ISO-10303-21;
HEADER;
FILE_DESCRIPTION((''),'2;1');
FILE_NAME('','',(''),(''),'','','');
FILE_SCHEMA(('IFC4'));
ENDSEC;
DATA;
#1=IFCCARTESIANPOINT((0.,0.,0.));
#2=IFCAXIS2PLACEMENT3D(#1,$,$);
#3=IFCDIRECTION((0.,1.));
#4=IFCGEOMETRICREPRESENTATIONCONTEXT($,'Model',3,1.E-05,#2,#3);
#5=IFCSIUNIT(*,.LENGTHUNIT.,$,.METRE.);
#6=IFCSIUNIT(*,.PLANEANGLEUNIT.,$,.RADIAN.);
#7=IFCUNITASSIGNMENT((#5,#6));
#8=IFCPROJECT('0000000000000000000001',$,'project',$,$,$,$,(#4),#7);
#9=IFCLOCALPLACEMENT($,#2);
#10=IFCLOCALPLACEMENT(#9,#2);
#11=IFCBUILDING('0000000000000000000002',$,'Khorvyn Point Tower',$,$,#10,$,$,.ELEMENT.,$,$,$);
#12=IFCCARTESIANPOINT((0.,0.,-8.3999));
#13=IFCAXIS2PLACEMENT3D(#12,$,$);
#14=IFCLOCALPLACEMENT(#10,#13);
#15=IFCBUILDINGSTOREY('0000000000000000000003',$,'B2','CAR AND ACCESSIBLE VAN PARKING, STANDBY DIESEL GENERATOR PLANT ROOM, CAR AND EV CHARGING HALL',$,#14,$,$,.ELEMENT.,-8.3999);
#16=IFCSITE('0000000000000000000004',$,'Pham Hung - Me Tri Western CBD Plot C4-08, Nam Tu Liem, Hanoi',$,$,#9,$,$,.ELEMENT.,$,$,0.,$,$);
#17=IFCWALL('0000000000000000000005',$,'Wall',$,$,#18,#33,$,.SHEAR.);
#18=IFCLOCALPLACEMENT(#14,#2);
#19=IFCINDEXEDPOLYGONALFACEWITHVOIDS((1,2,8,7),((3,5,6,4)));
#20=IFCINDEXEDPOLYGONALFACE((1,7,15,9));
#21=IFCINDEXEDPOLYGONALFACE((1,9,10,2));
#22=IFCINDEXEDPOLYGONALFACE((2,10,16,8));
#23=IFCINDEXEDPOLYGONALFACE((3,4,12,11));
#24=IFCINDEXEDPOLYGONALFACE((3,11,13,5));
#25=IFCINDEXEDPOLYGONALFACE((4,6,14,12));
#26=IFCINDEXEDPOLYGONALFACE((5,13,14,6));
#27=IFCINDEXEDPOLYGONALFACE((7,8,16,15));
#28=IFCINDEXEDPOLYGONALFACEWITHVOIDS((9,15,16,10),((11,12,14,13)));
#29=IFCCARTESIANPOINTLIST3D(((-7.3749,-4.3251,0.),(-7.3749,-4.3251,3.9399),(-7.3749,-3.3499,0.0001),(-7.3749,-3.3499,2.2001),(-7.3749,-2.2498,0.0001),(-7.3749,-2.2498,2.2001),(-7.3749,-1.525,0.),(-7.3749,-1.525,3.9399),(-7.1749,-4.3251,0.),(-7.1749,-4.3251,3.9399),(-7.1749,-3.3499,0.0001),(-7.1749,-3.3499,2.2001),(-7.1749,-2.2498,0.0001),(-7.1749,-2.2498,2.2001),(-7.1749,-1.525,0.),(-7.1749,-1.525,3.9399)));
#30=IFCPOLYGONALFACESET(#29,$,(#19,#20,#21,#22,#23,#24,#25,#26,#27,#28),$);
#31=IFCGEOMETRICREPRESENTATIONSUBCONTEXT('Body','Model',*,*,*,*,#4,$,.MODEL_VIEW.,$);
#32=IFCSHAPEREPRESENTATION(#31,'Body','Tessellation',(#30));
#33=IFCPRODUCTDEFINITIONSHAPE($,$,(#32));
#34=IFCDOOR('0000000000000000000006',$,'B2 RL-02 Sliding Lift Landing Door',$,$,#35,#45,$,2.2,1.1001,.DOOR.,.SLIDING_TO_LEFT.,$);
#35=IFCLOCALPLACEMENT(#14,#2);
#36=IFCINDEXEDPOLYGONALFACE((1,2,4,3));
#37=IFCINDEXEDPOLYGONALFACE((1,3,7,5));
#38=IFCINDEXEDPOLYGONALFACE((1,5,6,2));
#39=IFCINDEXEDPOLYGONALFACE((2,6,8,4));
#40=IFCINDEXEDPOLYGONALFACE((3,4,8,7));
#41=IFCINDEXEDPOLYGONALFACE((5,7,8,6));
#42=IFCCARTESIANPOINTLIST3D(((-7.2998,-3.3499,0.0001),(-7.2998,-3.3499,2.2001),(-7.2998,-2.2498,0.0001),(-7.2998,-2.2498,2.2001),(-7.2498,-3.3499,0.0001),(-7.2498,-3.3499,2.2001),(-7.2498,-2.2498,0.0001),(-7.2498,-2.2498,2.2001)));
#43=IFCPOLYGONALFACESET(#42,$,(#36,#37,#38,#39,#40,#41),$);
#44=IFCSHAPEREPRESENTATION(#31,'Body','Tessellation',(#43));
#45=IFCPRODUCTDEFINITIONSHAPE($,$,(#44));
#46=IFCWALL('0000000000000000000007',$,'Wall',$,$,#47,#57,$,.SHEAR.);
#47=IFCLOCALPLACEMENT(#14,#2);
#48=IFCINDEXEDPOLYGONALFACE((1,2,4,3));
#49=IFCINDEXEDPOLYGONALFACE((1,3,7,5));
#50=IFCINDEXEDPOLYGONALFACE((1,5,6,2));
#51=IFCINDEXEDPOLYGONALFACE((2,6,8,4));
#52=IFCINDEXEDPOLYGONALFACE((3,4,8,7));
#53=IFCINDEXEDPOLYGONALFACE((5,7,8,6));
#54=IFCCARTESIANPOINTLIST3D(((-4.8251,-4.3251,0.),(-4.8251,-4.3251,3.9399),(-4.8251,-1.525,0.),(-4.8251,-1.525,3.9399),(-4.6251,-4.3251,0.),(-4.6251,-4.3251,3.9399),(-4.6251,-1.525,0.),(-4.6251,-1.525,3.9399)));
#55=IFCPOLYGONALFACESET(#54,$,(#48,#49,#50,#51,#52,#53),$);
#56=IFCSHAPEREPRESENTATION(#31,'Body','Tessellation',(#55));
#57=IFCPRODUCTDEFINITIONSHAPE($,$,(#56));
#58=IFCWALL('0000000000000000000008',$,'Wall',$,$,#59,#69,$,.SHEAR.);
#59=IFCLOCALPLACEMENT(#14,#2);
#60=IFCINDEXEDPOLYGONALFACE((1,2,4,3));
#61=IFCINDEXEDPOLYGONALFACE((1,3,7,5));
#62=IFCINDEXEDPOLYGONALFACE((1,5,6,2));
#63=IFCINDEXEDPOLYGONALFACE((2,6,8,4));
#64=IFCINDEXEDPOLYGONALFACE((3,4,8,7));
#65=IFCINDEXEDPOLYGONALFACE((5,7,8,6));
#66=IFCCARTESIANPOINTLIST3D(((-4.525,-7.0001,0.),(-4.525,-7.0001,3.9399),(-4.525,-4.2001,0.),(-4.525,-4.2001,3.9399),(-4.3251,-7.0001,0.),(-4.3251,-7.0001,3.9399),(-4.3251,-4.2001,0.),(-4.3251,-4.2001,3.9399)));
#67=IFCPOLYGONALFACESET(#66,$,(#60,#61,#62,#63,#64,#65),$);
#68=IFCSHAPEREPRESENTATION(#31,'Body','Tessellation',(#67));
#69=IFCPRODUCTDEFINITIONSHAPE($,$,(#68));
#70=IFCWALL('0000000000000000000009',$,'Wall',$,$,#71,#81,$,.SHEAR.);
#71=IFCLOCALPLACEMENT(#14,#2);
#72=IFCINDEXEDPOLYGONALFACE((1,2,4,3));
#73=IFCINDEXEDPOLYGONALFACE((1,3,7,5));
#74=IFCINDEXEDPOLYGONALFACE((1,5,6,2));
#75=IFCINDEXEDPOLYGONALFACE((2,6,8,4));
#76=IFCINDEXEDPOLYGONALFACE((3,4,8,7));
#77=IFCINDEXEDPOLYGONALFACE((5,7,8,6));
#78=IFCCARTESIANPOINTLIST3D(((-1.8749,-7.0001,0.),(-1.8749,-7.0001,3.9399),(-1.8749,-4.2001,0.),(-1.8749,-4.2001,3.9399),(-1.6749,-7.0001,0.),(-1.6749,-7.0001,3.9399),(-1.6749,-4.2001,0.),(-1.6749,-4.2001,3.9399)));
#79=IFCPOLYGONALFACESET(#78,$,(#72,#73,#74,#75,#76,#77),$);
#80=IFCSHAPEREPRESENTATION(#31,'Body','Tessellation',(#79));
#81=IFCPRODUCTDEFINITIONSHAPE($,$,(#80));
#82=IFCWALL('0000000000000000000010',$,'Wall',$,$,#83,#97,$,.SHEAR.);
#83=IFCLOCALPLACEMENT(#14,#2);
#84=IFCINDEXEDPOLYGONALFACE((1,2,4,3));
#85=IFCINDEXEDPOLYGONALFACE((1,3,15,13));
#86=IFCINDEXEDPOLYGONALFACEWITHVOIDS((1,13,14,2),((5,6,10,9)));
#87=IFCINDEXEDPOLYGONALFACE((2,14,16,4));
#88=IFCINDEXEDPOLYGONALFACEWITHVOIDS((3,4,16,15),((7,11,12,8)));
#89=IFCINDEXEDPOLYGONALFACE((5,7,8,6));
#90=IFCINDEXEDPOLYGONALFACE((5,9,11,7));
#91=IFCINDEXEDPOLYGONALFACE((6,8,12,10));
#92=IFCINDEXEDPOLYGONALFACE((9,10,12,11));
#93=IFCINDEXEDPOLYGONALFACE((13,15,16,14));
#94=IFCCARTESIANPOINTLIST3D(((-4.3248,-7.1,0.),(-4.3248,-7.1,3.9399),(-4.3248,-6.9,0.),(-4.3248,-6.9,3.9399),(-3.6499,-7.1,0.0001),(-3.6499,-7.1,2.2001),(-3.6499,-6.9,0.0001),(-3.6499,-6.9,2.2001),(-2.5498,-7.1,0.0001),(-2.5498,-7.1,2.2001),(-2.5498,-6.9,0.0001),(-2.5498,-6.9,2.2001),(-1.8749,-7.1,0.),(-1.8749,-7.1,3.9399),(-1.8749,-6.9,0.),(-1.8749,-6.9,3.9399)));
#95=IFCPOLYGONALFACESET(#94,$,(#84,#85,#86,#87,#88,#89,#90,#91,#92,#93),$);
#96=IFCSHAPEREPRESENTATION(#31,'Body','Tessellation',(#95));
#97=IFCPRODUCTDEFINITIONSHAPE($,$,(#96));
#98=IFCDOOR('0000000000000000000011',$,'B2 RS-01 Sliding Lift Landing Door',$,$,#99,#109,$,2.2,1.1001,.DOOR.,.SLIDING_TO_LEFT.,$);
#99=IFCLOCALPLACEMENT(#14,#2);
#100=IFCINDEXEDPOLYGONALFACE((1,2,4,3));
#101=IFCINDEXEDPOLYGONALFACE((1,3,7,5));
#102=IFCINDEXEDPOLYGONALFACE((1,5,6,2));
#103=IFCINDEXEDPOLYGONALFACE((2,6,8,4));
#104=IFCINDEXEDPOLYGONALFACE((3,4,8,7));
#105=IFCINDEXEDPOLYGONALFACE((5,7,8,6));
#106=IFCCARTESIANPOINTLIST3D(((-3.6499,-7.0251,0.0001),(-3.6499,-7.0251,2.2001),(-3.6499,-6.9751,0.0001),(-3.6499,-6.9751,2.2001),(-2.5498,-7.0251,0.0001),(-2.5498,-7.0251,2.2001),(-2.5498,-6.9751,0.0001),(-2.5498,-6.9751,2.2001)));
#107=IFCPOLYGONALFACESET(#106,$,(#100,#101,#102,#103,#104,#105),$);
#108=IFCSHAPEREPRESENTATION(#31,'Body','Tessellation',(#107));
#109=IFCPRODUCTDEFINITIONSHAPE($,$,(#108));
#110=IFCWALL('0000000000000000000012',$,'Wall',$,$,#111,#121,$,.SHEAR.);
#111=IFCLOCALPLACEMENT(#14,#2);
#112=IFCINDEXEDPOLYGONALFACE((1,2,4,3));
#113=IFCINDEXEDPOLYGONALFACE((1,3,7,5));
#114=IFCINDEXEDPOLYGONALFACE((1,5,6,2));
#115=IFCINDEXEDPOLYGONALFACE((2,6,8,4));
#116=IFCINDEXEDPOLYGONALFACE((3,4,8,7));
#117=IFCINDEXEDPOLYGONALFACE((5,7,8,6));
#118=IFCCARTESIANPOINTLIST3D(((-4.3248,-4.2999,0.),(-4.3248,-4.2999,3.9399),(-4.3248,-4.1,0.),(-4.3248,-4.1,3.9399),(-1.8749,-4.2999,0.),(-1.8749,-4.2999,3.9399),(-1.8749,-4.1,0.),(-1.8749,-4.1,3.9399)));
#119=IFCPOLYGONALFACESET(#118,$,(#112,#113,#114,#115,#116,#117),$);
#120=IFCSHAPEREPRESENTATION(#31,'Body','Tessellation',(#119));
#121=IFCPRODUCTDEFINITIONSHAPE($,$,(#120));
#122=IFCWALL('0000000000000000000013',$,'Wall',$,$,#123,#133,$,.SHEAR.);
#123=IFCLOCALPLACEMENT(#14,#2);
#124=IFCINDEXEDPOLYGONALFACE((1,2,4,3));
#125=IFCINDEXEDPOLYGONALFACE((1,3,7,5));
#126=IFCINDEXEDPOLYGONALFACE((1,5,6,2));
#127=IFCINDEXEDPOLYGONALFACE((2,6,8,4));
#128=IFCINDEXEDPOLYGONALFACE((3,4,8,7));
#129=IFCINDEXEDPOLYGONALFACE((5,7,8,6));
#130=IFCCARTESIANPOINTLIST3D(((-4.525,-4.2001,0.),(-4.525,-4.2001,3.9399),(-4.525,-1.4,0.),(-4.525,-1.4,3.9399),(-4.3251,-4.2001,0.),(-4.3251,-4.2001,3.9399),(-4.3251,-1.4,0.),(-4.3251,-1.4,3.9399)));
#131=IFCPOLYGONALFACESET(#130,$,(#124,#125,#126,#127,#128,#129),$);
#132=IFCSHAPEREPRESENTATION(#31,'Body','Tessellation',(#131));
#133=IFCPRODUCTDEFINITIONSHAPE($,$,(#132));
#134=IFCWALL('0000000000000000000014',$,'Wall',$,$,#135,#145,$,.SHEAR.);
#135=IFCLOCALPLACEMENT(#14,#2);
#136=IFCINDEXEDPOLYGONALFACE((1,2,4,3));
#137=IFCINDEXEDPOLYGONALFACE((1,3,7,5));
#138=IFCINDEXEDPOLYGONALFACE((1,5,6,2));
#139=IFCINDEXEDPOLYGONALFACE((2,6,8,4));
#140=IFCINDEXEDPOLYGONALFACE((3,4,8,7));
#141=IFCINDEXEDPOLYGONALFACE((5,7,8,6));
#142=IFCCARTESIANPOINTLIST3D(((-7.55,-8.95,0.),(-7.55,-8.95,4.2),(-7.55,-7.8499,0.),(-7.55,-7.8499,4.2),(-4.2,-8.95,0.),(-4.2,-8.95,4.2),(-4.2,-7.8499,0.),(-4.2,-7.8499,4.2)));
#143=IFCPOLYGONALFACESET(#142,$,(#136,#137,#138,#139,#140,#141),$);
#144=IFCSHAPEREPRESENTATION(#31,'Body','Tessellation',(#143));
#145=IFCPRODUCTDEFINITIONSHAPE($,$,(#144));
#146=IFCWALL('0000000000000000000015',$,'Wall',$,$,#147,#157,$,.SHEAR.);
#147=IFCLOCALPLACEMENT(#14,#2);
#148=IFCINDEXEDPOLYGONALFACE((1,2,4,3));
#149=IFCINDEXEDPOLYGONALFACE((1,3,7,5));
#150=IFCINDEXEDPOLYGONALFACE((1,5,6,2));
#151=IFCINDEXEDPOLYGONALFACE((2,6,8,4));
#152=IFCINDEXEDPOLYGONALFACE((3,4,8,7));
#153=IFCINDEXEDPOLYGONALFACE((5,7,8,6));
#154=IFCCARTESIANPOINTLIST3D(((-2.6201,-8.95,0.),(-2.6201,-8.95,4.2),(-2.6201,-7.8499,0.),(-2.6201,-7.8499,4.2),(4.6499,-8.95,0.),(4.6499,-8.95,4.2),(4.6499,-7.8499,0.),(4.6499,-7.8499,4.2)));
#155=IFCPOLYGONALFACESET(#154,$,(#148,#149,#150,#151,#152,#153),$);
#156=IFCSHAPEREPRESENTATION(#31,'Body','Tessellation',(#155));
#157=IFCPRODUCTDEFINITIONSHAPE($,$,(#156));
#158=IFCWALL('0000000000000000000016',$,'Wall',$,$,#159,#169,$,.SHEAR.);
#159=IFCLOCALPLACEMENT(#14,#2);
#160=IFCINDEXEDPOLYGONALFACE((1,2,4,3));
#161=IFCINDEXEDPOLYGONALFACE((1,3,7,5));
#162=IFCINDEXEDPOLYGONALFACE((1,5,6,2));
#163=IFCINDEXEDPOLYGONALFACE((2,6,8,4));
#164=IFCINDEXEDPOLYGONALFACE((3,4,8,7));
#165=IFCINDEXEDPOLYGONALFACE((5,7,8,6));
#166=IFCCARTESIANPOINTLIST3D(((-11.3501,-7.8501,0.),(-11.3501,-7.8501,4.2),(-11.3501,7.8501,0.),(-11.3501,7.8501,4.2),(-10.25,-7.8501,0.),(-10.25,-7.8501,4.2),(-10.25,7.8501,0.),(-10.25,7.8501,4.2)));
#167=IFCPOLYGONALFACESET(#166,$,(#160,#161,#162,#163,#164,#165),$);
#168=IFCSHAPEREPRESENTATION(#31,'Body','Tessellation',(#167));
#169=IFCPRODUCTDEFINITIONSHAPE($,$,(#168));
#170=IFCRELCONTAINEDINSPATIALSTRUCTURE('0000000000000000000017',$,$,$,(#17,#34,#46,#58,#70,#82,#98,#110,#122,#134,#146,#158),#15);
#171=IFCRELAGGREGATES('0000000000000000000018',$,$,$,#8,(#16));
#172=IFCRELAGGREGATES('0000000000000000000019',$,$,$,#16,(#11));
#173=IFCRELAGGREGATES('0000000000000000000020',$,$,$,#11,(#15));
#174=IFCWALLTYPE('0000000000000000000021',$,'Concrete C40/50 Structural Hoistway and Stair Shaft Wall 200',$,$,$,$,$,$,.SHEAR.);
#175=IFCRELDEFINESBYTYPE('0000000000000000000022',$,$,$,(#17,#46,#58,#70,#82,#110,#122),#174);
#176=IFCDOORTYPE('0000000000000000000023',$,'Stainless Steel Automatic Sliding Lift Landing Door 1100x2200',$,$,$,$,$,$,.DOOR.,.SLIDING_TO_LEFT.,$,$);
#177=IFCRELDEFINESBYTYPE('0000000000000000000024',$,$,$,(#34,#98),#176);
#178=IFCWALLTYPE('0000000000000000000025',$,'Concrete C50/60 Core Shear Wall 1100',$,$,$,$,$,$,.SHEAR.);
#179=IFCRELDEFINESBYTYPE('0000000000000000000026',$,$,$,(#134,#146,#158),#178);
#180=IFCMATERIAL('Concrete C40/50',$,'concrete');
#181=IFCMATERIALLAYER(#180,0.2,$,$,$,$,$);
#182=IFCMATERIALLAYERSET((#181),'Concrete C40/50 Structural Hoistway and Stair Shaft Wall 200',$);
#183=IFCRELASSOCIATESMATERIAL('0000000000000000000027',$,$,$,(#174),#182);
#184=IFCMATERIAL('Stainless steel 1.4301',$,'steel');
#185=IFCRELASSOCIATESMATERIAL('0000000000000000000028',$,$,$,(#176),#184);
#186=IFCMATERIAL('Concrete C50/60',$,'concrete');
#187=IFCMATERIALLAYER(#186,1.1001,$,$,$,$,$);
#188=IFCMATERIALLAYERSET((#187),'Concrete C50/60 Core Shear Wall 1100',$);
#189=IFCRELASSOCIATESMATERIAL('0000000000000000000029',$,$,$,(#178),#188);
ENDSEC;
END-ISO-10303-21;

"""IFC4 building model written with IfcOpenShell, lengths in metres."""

from ifc_helpers import new_model, si_unit, direction, frame, frame_2d, origin, place, context, subcontext, project, spatial, rectangle, extrude, material, layer, layer_set, type_object, element, fill, save


model = new_model("IFC4")

# Units and contexts
model_context = context("Model", 3, precision=1e-05, world=origin(), true_north=direction((0.0, 1.0)))
body_context = subcontext(model_context, "Body", "Model", "MODEL_VIEW")
ifc_project = project(units=[si_unit("LENGTHUNIT", "METRE"), si_unit("PLANEANGLEUNIT", "RADIAN")], contexts=[model_context])

# Site, building, storey
site_placement = place(None, origin())
site = spatial("IfcSite", under=ifc_project, at=site_placement, Name="Pham Hung - Me Tri Western CBD Plot C4-08, Nam Tu Liem, Hanoi", CompositionType="ELEMENT", RefElevation=0.0)
building_placement = place(site_placement, origin())
building = spatial("IfcBuilding", under=site, at=building_placement, Name="Khorvyn Point Tower", CompositionType="ELEMENT")
storey_placement = place(building_placement, frame((0.0, 0.0, -8.3999)))
storey = spatial("IfcBuildingStorey", under=building, at=storey_placement, Name="B2", Description="CAR AND ACCESSIBLE VAN PARKING, STANDBY DIESEL GENERATOR PLANT ROOM, CAR AND EV CHARGING HALL", CompositionType="ELEMENT", Elevation=-8.3999)

# Shared definitions
ifc_material_1 = material(Name="Concrete C40/50", Category="concrete")
ifc_material_2 = material(Name="Concrete C50/60", Category="concrete")

# Shared definitions
ifc_layer_1 = layer(ifc_material_1, 0.2)
ifc_layer_set_1 = layer_set([ifc_layer_1], Name="Concrete C40/50 Structural Hoistway and Stair Shaft Wall 200")
wall_type_1 = type_object("IfcWallType", Name="Concrete C40/50 Structural Hoistway and Stair Shaft Wall 200", PredefinedType="SHEAR", material=ifc_layer_set_1)
ifc_material_3 = material(Name="Stainless steel 1.4301", Category="steel")
door_type = type_object("IfcDoorType", Name="Stainless Steel Automatic Sliding Lift Landing Door 1100x2200", OperationType="SLIDING_TO_LEFT", PredefinedType="DOOR", material=ifc_material_3)

# Wall, opening, door
wall_1_placement = place(storey_placement, frame((-7.2749, -4.325, 0.0), z_axis=(0.0, 0.0, 1.0), x_axis=(0.0, 1.0, 0.0)))
wall_1 = element("IfcWall", 1, at=wall_1_placement, inside=storey, type_object=wall_type_1, Name="Wall", PredefinedType="SHEAR", context=body_context, shape_type="SweptSolid", body=[
    extrude(rectangle(XDim=2.8, YDim=0.2, at=frame_2d((1.3999, 0.0))), origin(), (0.0, 0.0, 1.0), 3.9399),
])
opening_1_placement = place(wall_1_placement, frame((0.9751, 0.0, 0.0)))
opening_1 = element("IfcOpeningElement", 2, at=opening_1_placement, cuts=wall_1, PredefinedType="OPENING", context=body_context, shape_type="SweptSolid", body=[
    extrude(rectangle(XDim=1.1001, YDim=2.2, at=frame_2d((0.55, 1.1001))), frame((0.0, 0.1099, 0.0), z_axis=(0.0, -1.0, 0.0), x_axis=(1.0, 0.0, 0.0)), (0.0, 0.0, 1.0), 0.22),
])
door_1_placement = place(opening_1_placement, origin())
door_1 = element("IfcDoor", 3, at=door_1_placement, inside=storey, type_object=door_type, Name="B2 RL-02 Sliding Lift Landing Door", OperationType="SLIDING_TO_LEFT", OverallHeight=2.2, OverallWidth=1.1001, PredefinedType="DOOR", context=body_context, shape_type="SweptSolid", body=[
    extrude(rectangle(XDim=1.1001, YDim=2.2, at=frame_2d((0.55, 1.1001))), frame((0.0, 0.0249, 0.0), z_axis=(0.0, -1.0, 0.0), x_axis=(1.0, 0.0, 0.0)), (0.0, 0.0, 1.0), 0.05),
])
fill(opening_1, door_1)

# Walls
for number, where, z_axis, x_axis, name in (
    (4, (-4.7251, -4.325, 0.0), (0.0, 0.0, 1.0), (0.0, 1.0, 0.0), "Wall"),
    (5, (-4.425, -7.0, 0.0), (0.0, 0.0, 1.0), (0.0, 1.0, 0.0), "Wall"),
    (6, (-1.7749, -7.0, 0.0), (0.0, 0.0, 1.0), (0.0, 1.0, 0.0), "Wall"),
):
    element("IfcWall", number, at=place(storey_placement, frame(where, z_axis=z_axis, x_axis=x_axis)), inside=storey, type_object=wall_type_1, Name=name, PredefinedType="SHEAR", context=body_context, shape_type="SweptSolid", body=[
        extrude(rectangle(XDim=2.8, YDim=0.2, at=frame_2d((1.3999, 0.0))), origin(), (0.0, 0.0, 1.0), 3.9399),
    ])

# Wall, opening, door
wall_2_placement = place(storey_placement, frame((-4.325, -7.0, 0.0), z_axis=(0.0, 0.0, 1.0), x_axis=(1.0, 0.0, 0.0)))
wall_2 = element("IfcWall", 7, at=wall_2_placement, inside=storey, type_object=wall_type_1, Name="Wall", PredefinedType="SHEAR", context=body_context, shape_type="SweptSolid", body=[
    extrude(rectangle(XDim=2.45, YDim=0.2, at=frame_2d((1.2251, 0.0))), origin(), (0.0, 0.0, 1.0), 3.9399),
])
opening_2_placement = place(wall_2_placement, frame((0.675, 0.0, 0.0)))
opening_2 = element("IfcOpeningElement", 8, at=opening_2_placement, cuts=wall_2, PredefinedType="OPENING", context=body_context, shape_type="SweptSolid", body=[
    extrude(rectangle(XDim=1.1001, YDim=2.2, at=frame_2d((0.55, 1.1001))), frame((0.0, 0.1099, 0.0), z_axis=(0.0, -1.0, 0.0), x_axis=(1.0, 0.0, 0.0)), (0.0, 0.0, 1.0), 0.22),
])
door_2_placement = place(opening_2_placement, origin())
door_2 = element("IfcDoor", 9, at=door_2_placement, inside=storey, type_object=door_type, Name="B2 RS-01 Sliding Lift Landing Door", OperationType="SLIDING_TO_LEFT", OverallHeight=2.2, OverallWidth=1.1001, PredefinedType="DOOR", context=body_context, shape_type="SweptSolid", body=[
    extrude(rectangle(XDim=1.1001, YDim=2.2, at=frame_2d((0.55, 1.1001))), frame((0.0, 0.0249, 0.0), z_axis=(0.0, -1.0, 0.0), x_axis=(1.0, 0.0, 0.0)), (0.0, 0.0, 1.0), 0.05),
])
fill(opening_2, door_2)

# Walls
wall_3_placement = place(storey_placement, frame((-4.325, -4.2, 0.0), z_axis=(0.0, 0.0, 1.0), x_axis=(1.0, 0.0, 0.0)))
element("IfcWall", 10, at=wall_3_placement, inside=storey, type_object=wall_type_1, Name="Wall", PredefinedType="SHEAR", context=body_context, shape_type="SweptSolid", body=[
    extrude(rectangle(XDim=2.45, YDim=0.2, at=frame_2d((1.2251, 0.0))), origin(), (0.0, 0.0, 1.0), 3.9399),
])
wall_4_placement = place(storey_placement, frame((-4.425, -4.2, 0.0), z_axis=(0.0, 0.0, 1.0), x_axis=(0.0, 1.0, 0.0)))
element("IfcWall", 11, at=wall_4_placement, inside=storey, type_object=wall_type_1, Name="Wall", PredefinedType="SHEAR", context=body_context, shape_type="SweptSolid", body=[
    extrude(rectangle(XDim=2.8, YDim=0.2, at=frame_2d((1.3999, 0.0))), origin(), (0.0, 0.0, 1.0), 3.9399),
])
ifc_layer_2 = layer(ifc_material_2, 1.1001)
ifc_layer_set_2 = layer_set([ifc_layer_2], Name="Concrete C50/60 Core Shear Wall 1100")
wall_type_2 = type_object("IfcWallType", Name="Concrete C50/60 Core Shear Wall 1100", PredefinedType="SHEAR", material=ifc_layer_set_2)
wall_5_placement = place(storey_placement, frame((-7.55, -8.3999, 0.0), z_axis=(0.0, 0.0, 1.0), x_axis=(1.0, 0.0, 0.0)))
element("IfcWall", 12, at=wall_5_placement, inside=storey, type_object=wall_type_2, Name="Wall", PredefinedType="SHEAR", context=body_context, shape_type="SweptSolid", body=[
    extrude(rectangle(XDim=3.3501, YDim=1.1001, at=frame_2d((1.675, 0.0))), origin(), (0.0, 0.0, 1.0), 4.2),
])
wall_6_placement = place(storey_placement, frame((-2.6201, -8.3999, 0.0), z_axis=(0.0, 0.0, 1.0), x_axis=(1.0, 0.0, 0.0)))
element("IfcWall", 13, at=wall_6_placement, inside=storey, type_object=wall_type_2, Name="Wall", PredefinedType="SHEAR", context=body_context, shape_type="SweptSolid", body=[
    extrude(rectangle(XDim=7.27, YDim=1.1001, at=frame_2d((3.635, 0.0))), origin(), (0.0, 0.0, 1.0), 4.2),
])
wall_7_placement = place(storey_placement, frame((-10.8, -7.8501, 0.0), z_axis=(0.0, 0.0, 1.0), x_axis=(0.0, 1.0, 0.0)))
element("IfcWall", 14, at=wall_7_placement, inside=storey, type_object=wall_type_2, Name="Wall", PredefinedType="SHEAR", context=body_context, shape_type="SweptSolid", body=[
    extrude(rectangle(XDim=15.7002, YDim=1.1001, at=frame_2d((7.8501, 0.0))), origin(), (0.0, 0.0, 1.0), 4.2),
])

save(model, "model.ifc")
